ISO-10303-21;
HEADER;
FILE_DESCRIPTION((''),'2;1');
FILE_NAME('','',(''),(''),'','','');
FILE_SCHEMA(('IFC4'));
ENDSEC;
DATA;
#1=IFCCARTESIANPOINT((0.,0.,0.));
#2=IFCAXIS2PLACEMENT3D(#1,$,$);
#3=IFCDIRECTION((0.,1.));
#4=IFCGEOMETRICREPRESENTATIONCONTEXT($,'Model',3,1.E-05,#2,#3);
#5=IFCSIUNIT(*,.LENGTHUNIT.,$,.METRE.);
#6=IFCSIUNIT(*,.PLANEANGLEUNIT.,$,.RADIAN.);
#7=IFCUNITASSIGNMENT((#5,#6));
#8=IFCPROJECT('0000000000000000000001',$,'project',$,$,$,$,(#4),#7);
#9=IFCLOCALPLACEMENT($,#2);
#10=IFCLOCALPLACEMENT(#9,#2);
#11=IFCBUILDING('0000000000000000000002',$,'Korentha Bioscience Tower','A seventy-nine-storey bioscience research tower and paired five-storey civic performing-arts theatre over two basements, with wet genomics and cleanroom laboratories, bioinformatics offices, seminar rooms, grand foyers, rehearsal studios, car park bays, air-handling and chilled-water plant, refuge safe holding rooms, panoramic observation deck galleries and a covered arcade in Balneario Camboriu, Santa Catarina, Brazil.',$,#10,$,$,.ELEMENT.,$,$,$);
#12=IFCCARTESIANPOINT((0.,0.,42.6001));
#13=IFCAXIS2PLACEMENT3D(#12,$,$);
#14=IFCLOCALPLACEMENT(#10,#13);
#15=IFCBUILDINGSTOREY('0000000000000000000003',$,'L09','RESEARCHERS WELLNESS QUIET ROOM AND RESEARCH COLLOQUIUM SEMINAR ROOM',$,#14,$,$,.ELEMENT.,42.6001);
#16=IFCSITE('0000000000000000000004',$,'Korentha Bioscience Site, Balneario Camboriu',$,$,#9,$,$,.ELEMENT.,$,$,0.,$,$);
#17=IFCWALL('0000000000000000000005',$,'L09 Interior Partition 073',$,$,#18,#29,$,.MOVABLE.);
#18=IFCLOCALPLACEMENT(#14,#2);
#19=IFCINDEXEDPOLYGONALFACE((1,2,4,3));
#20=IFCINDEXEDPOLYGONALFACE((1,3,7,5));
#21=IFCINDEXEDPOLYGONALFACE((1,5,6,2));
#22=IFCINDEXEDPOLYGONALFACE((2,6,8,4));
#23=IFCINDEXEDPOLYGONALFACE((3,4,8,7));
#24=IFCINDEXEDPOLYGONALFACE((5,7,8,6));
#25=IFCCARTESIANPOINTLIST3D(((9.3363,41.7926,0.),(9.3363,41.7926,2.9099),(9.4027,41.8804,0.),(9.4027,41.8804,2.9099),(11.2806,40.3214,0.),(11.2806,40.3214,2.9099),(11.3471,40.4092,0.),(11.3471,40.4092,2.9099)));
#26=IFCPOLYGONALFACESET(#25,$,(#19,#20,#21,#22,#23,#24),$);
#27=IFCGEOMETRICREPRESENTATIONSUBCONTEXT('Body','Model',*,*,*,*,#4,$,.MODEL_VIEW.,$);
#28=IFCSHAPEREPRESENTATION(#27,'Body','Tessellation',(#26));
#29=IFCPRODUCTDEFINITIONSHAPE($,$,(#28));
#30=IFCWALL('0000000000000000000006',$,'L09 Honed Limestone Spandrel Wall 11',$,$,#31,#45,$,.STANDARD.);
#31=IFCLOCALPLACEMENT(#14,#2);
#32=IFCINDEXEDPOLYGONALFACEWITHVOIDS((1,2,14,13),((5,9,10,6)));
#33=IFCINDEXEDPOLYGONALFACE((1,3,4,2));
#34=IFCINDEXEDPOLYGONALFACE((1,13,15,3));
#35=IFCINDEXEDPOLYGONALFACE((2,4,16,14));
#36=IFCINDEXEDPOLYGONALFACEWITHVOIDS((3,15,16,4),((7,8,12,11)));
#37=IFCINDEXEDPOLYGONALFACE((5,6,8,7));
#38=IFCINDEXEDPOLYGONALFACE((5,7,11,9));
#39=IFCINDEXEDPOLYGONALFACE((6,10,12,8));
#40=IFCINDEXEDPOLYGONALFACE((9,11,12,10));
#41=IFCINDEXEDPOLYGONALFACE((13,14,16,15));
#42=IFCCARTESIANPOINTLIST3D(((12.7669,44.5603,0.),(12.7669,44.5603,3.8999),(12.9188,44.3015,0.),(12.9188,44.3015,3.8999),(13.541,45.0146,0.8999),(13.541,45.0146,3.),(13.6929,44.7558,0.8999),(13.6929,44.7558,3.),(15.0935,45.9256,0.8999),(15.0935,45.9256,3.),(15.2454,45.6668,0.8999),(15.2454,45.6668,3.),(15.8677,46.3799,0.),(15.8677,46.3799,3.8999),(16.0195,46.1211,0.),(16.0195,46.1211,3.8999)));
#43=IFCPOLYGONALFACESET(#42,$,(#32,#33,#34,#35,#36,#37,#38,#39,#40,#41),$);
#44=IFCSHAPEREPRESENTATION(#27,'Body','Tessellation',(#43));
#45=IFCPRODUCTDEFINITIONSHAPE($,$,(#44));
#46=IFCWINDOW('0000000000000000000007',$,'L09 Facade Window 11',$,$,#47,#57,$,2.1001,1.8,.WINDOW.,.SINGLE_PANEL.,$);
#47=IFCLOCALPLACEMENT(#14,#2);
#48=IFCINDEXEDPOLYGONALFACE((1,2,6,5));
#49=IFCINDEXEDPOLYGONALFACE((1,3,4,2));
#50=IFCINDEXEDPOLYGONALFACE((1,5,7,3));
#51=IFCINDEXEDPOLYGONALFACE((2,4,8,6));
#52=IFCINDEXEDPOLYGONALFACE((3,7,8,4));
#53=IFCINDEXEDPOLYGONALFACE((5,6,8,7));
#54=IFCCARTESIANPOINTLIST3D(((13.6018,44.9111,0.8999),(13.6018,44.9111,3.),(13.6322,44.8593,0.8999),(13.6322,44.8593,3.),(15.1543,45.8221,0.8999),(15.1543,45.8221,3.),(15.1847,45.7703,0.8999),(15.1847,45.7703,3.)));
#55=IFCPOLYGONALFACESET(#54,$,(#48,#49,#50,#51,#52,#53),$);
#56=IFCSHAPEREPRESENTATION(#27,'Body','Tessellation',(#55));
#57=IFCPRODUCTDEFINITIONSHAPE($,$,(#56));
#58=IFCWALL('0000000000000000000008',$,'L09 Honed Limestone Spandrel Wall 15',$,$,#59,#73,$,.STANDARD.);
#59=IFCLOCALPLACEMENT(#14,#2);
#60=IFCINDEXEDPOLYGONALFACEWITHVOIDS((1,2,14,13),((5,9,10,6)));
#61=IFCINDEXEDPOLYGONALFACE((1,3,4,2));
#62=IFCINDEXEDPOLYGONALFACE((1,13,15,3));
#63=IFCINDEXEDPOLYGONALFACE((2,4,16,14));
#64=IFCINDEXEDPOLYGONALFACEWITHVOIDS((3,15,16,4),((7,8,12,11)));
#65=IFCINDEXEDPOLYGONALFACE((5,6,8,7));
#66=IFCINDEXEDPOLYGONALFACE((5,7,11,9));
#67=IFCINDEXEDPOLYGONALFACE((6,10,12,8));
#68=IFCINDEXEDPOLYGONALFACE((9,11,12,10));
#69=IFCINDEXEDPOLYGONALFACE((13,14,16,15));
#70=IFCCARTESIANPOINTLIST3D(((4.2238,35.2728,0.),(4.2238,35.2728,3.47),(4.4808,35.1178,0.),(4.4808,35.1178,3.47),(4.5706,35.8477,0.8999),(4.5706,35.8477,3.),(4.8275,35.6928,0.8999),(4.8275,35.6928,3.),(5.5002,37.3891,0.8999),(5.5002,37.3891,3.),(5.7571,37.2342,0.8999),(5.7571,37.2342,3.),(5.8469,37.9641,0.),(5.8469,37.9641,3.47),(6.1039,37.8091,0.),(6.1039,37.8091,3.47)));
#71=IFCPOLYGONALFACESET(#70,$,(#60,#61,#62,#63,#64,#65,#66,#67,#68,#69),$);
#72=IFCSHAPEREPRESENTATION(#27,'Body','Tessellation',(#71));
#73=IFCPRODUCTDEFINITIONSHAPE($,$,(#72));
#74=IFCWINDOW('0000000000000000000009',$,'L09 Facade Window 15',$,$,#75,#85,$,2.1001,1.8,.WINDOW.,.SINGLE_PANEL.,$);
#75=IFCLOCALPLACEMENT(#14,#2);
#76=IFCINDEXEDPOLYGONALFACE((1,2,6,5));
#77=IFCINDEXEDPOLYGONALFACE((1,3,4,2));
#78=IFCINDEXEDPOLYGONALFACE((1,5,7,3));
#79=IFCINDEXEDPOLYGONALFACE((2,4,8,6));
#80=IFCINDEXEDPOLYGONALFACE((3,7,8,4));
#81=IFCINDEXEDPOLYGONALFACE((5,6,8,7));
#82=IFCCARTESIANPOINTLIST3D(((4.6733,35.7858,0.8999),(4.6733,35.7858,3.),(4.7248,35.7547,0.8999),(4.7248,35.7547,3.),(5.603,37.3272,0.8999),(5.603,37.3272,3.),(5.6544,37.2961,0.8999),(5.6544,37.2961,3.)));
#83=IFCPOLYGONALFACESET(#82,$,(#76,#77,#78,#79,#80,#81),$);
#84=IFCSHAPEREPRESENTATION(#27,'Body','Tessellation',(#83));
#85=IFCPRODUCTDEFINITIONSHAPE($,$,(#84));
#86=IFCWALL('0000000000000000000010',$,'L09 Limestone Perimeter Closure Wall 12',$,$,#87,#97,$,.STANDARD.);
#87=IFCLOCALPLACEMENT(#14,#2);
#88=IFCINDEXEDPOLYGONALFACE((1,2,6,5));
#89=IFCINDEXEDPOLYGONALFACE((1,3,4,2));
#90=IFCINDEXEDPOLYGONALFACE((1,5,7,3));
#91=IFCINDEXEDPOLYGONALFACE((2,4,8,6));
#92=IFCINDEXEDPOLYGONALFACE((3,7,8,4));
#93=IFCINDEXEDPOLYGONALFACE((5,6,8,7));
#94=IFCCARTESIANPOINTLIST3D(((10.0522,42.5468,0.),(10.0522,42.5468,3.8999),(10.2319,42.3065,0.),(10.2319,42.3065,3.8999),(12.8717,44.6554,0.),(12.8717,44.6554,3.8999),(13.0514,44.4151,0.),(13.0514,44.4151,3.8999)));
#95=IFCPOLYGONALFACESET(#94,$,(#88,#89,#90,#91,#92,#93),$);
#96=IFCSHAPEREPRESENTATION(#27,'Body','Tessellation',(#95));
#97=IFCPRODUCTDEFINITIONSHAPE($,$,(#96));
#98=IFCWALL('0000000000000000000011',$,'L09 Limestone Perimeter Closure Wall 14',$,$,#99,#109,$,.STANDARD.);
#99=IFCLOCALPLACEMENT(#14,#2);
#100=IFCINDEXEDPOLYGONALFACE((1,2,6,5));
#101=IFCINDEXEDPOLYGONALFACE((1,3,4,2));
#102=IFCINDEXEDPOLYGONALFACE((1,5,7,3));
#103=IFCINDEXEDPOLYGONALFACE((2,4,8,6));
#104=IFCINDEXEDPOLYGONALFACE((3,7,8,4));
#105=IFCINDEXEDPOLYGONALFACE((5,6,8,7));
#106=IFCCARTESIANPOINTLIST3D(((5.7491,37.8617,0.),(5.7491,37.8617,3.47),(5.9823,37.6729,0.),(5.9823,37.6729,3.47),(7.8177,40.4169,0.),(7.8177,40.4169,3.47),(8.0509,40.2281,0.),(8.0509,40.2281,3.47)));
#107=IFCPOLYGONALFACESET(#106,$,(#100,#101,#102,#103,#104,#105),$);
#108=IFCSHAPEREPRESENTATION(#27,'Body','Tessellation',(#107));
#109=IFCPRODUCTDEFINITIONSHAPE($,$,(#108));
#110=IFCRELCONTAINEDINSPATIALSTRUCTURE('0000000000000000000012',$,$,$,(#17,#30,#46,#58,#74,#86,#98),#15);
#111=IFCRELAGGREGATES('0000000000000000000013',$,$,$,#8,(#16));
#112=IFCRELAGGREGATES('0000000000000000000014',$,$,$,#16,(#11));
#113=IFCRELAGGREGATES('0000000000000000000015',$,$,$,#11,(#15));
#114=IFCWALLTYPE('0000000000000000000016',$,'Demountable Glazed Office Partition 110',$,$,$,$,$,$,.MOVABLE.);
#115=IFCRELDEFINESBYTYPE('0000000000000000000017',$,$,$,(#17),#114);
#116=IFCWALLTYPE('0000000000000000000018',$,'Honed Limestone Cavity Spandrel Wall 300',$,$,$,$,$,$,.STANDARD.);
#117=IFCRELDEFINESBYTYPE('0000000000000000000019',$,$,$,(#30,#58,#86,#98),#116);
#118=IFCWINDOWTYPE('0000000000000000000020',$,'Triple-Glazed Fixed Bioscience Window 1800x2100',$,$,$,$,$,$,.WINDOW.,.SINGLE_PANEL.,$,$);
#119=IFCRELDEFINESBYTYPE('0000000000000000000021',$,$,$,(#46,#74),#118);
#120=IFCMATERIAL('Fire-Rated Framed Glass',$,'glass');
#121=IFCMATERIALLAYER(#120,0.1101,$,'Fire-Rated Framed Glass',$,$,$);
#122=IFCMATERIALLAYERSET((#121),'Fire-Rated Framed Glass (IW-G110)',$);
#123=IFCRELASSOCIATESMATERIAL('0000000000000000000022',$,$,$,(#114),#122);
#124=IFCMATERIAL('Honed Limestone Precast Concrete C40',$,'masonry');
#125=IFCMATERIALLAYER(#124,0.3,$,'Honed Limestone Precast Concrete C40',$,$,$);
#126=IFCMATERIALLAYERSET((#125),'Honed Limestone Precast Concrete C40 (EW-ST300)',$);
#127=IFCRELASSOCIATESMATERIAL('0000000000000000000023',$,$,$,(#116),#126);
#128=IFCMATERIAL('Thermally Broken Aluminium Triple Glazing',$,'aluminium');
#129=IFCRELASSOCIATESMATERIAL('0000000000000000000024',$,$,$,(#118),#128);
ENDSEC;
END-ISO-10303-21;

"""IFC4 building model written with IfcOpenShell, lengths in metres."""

from ifc_helpers import new_model, si_unit, direction, frame, frame_2d, origin, place, context, subcontext, project, spatial, rectangle, extrude, material, layer, layer_set, type_object, element, fill, save


model = new_model("IFC4")

# Units and contexts
model_context = context("Model", 3, precision=1e-05, world=origin(), true_north=direction((0.0, 1.0)))
body_context = subcontext(model_context, "Body", "Model", "MODEL_VIEW")
ifc_project = project(units=[si_unit("LENGTHUNIT", "METRE"), si_unit("PLANEANGLEUNIT", "RADIAN")], contexts=[model_context])

# Site, building, storey
site_placement = place(None, origin())
site = spatial("IfcSite", under=ifc_project, at=site_placement, Name="Korentha Bioscience Site, Balneario Camboriu", CompositionType="ELEMENT", RefElevation=0.0)
building_placement = place(site_placement, origin())
building = spatial("IfcBuilding", under=site, at=building_placement, Name="Korentha Bioscience Tower", Description="A seventy-nine-storey bioscience research tower and paired five-storey civic performing-arts theatre over two basements, with wet genomics and cleanroom laboratories, bioinformatics offices, seminar rooms, grand foyers, rehearsal studios, car park bays, air-handling and chilled-water plant, refuge safe holding rooms, panoramic observation deck galleries and a covered arcade in Balneario Camboriu, Santa Catarina, Brazil.", CompositionType="ELEMENT")
storey_placement = place(building_placement, frame((0.0, 0.0, 42.6001)))
storey = spatial("IfcBuildingStorey", under=building, at=storey_placement, Name="L09", Description="RESEARCHERS WELLNESS QUIET ROOM AND RESEARCH COLLOQUIUM SEMINAR ROOM", CompositionType="ELEMENT", Elevation=42.6001)

# Wall
ifc_material_1 = material(Name="Fire-Rated Framed Glass", Category="glass")
ifc_layer_1 = layer(ifc_material_1, 0.1101, Name="Fire-Rated Framed Glass")
ifc_layer_set_1 = layer_set([ifc_layer_1], Name="Fire-Rated Framed Glass (IW-G110)")
wall_type_1 = type_object("IfcWallType", Name="Demountable Glazed Office Partition 110", PredefinedType="MOVABLE", material=ifc_layer_set_1)
wall_1_placement = place(storey_placement, frame((11.314, 40.3652, 0.0), z_axis=(0.0, 0.0, 1.0), x_axis=(-0.797445, 0.603391, 0.0)))
element("IfcWall", 1, at=wall_1_placement, inside=storey, type_object=wall_type_1, Name="L09 Interior Partition 073", PredefinedType="MOVABLE", context=body_context, shape_type="SweptSolid", body=[
    extrude(rectangle(XDim=2.4382, YDim=0.1101, at=frame_2d((1.2192, 0.0))), origin(), (0.0, 0.0, 1.0), 2.9099),
])

# Walls, openings, windows
ifc_material_2 = material(Name="Honed Limestone Precast Concrete C40", Category="masonry")
ifc_layer_2 = layer(ifc_material_2, 0.3, Name="Honed Limestone Precast Concrete C40")
ifc_layer_set_2 = layer_set([ifc_layer_2], Name="Honed Limestone Precast Concrete C40 (EW-ST300)")
wall_type_2 = type_object("IfcWallType", Name="Honed Limestone Cavity Spandrel Wall 300", PredefinedType="STANDARD", material=ifc_layer_set_2)
wall_2_placement = place(storey_placement, frame((15.9436, 46.2505, 0.0), z_axis=(0.0, 0.0, 1.0), x_axis=(-0.862473, -0.506103, 0.0)))
wall_2 = element("IfcWall", 2, at=wall_2_placement, inside=storey, type_object=wall_type_2, Name="L09 Honed Limestone Spandrel Wall 11", PredefinedType="STANDARD", context=body_context, shape_type="SweptSolid", body=[
    extrude(rectangle(XDim=3.5952, YDim=0.3, at=frame_2d((1.7976, 0.0))), origin(), (0.0, 0.0, 1.0), 3.8999),
])
opening_1_placement = place(wall_2_placement, frame((0.8977, 0.0, 0.8999)))
opening_1 = element("IfcOpeningElement", 3, at=opening_1_placement, cuts=wall_2, PredefinedType="OPENING", context=body_context, shape_type="SweptSolid", body=[
    extrude(rectangle(XDim=1.8, YDim=2.1001, at=frame_2d((0.8999, 1.05))), frame((0.0, 0.165, 0.0), z_axis=(0.0, -1.0, 0.0), x_axis=(1.0, 0.0, 0.0)), (0.0, 0.0, 1.0), 0.3298),
])
ifc_material_3 = material(Name="Thermally Broken Aluminium Triple Glazing", Category="aluminium")
window_type = type_object("IfcWindowType", Name="Triple-Glazed Fixed Bioscience Window 1800x2100", PartitioningType="SINGLE_PANEL", PredefinedType="WINDOW", material=ifc_material_3)
window_1_placement = place(opening_1_placement, origin())
window_1 = element("IfcWindow", 4, at=window_1_placement, inside=storey, type_object=window_type, Name="L09 Facade Window 11", OverallHeight=2.1001, OverallWidth=1.8, PartitioningType="SINGLE_PANEL", PredefinedType="WINDOW", context=body_context, shape_type="SweptSolid", body=[
    extrude(rectangle(XDim=1.8, YDim=2.1001, at=frame_2d((0.8999, 1.05))), frame((0.0, 0.03, 0.0), z_axis=(0.0, -1.0, 0.0), x_axis=(1.0, 0.0, 0.0)), (0.0, 0.0, 1.0), 0.0601),
])
fill(opening_1, window_1)
wall_3_placement = place(storey_placement, frame((5.9753, 37.8865, 0.0), z_axis=(0.0, 0.0, 1.0), x_axis=(-0.516448, -0.856319, 0.0)))
wall_3 = element("IfcWall", 5, at=wall_3_placement, inside=storey, type_object=wall_type_2, Name="L09 Honed Limestone Spandrel Wall 15", PredefinedType="STANDARD", context=body_context, shape_type="SweptSolid", body=[
    extrude(rectangle(XDim=3.1428, YDim=0.3, at=frame_2d((1.5713, 0.0))), origin(), (0.0, 0.0, 1.0), 3.47),
])
opening_2_placement = place(wall_3_placement, frame((0.6714, 0.0, 0.8999)))
opening_2 = element("IfcOpeningElement", 6, at=opening_2_placement, cuts=wall_3, PredefinedType="OPENING", context=body_context, shape_type="SweptSolid", body=[
    extrude(rectangle(XDim=1.8, YDim=2.1001, at=frame_2d((0.8999, 1.05))), frame((0.0, 0.165, 0.0), z_axis=(0.0, -1.0, 0.0), x_axis=(1.0, 0.0, 0.0)), (0.0, 0.0, 1.0), 0.3298),
])
window_2_placement = place(opening_2_placement, origin())
window_2 = element("IfcWindow", 7, at=window_2_placement, inside=storey, type_object=window_type, Name="L09 Facade Window 15", OverallHeight=2.1001, OverallWidth=1.8, PartitioningType="SINGLE_PANEL", PredefinedType="WINDOW", context=body_context, shape_type="SweptSolid", body=[
    extrude(rectangle(XDim=1.8, YDim=2.1001, at=frame_2d((0.8999, 1.05))), frame((0.0, 0.03, 0.0), z_axis=(0.0, -1.0, 0.0), x_axis=(1.0, 0.0, 0.0)), (0.0, 0.0, 1.0), 0.0601),
])
fill(opening_2, window_2)

# Walls
wall_4_placement = place(storey_placement, frame((12.9614, 44.5352, 0.0), z_axis=(0.0, 0.0, 1.0), x_axis=(-0.800823, -0.598901, 0.0)))
element("IfcWall", 8, at=wall_4_placement, inside=storey, type_object=wall_type_2, Name="L09 Limestone Perimeter Closure Wall 12", PredefinedType="STANDARD", context=body_context, shape_type="SweptSolid", body=[
    extrude(rectangle(XDim=3.5208, YDim=0.3, at=frame_2d((1.7603, 0.0))), origin(), (0.0, 0.0, 1.0), 3.8999),
])
wall_5_placement = place(storey_placement, frame((7.9343, 40.3225, 0.0), z_axis=(0.0, 0.0, 1.0), x_axis=(-0.629222, -0.777226, 0.0)))
element("IfcWall", 9, at=wall_5_placement, inside=storey, type_object=wall_type_2, Name="L09 Limestone Perimeter Closure Wall 14", PredefinedType="STANDARD", context=body_context, shape_type="SweptSolid", body=[
    extrude(rectangle(XDim=3.2876, YDim=0.3, at=frame_2d((1.6438, 0.0))), origin(), (0.0, 0.0, 1.0), 3.47),
])

save(model, "model.ifc")
